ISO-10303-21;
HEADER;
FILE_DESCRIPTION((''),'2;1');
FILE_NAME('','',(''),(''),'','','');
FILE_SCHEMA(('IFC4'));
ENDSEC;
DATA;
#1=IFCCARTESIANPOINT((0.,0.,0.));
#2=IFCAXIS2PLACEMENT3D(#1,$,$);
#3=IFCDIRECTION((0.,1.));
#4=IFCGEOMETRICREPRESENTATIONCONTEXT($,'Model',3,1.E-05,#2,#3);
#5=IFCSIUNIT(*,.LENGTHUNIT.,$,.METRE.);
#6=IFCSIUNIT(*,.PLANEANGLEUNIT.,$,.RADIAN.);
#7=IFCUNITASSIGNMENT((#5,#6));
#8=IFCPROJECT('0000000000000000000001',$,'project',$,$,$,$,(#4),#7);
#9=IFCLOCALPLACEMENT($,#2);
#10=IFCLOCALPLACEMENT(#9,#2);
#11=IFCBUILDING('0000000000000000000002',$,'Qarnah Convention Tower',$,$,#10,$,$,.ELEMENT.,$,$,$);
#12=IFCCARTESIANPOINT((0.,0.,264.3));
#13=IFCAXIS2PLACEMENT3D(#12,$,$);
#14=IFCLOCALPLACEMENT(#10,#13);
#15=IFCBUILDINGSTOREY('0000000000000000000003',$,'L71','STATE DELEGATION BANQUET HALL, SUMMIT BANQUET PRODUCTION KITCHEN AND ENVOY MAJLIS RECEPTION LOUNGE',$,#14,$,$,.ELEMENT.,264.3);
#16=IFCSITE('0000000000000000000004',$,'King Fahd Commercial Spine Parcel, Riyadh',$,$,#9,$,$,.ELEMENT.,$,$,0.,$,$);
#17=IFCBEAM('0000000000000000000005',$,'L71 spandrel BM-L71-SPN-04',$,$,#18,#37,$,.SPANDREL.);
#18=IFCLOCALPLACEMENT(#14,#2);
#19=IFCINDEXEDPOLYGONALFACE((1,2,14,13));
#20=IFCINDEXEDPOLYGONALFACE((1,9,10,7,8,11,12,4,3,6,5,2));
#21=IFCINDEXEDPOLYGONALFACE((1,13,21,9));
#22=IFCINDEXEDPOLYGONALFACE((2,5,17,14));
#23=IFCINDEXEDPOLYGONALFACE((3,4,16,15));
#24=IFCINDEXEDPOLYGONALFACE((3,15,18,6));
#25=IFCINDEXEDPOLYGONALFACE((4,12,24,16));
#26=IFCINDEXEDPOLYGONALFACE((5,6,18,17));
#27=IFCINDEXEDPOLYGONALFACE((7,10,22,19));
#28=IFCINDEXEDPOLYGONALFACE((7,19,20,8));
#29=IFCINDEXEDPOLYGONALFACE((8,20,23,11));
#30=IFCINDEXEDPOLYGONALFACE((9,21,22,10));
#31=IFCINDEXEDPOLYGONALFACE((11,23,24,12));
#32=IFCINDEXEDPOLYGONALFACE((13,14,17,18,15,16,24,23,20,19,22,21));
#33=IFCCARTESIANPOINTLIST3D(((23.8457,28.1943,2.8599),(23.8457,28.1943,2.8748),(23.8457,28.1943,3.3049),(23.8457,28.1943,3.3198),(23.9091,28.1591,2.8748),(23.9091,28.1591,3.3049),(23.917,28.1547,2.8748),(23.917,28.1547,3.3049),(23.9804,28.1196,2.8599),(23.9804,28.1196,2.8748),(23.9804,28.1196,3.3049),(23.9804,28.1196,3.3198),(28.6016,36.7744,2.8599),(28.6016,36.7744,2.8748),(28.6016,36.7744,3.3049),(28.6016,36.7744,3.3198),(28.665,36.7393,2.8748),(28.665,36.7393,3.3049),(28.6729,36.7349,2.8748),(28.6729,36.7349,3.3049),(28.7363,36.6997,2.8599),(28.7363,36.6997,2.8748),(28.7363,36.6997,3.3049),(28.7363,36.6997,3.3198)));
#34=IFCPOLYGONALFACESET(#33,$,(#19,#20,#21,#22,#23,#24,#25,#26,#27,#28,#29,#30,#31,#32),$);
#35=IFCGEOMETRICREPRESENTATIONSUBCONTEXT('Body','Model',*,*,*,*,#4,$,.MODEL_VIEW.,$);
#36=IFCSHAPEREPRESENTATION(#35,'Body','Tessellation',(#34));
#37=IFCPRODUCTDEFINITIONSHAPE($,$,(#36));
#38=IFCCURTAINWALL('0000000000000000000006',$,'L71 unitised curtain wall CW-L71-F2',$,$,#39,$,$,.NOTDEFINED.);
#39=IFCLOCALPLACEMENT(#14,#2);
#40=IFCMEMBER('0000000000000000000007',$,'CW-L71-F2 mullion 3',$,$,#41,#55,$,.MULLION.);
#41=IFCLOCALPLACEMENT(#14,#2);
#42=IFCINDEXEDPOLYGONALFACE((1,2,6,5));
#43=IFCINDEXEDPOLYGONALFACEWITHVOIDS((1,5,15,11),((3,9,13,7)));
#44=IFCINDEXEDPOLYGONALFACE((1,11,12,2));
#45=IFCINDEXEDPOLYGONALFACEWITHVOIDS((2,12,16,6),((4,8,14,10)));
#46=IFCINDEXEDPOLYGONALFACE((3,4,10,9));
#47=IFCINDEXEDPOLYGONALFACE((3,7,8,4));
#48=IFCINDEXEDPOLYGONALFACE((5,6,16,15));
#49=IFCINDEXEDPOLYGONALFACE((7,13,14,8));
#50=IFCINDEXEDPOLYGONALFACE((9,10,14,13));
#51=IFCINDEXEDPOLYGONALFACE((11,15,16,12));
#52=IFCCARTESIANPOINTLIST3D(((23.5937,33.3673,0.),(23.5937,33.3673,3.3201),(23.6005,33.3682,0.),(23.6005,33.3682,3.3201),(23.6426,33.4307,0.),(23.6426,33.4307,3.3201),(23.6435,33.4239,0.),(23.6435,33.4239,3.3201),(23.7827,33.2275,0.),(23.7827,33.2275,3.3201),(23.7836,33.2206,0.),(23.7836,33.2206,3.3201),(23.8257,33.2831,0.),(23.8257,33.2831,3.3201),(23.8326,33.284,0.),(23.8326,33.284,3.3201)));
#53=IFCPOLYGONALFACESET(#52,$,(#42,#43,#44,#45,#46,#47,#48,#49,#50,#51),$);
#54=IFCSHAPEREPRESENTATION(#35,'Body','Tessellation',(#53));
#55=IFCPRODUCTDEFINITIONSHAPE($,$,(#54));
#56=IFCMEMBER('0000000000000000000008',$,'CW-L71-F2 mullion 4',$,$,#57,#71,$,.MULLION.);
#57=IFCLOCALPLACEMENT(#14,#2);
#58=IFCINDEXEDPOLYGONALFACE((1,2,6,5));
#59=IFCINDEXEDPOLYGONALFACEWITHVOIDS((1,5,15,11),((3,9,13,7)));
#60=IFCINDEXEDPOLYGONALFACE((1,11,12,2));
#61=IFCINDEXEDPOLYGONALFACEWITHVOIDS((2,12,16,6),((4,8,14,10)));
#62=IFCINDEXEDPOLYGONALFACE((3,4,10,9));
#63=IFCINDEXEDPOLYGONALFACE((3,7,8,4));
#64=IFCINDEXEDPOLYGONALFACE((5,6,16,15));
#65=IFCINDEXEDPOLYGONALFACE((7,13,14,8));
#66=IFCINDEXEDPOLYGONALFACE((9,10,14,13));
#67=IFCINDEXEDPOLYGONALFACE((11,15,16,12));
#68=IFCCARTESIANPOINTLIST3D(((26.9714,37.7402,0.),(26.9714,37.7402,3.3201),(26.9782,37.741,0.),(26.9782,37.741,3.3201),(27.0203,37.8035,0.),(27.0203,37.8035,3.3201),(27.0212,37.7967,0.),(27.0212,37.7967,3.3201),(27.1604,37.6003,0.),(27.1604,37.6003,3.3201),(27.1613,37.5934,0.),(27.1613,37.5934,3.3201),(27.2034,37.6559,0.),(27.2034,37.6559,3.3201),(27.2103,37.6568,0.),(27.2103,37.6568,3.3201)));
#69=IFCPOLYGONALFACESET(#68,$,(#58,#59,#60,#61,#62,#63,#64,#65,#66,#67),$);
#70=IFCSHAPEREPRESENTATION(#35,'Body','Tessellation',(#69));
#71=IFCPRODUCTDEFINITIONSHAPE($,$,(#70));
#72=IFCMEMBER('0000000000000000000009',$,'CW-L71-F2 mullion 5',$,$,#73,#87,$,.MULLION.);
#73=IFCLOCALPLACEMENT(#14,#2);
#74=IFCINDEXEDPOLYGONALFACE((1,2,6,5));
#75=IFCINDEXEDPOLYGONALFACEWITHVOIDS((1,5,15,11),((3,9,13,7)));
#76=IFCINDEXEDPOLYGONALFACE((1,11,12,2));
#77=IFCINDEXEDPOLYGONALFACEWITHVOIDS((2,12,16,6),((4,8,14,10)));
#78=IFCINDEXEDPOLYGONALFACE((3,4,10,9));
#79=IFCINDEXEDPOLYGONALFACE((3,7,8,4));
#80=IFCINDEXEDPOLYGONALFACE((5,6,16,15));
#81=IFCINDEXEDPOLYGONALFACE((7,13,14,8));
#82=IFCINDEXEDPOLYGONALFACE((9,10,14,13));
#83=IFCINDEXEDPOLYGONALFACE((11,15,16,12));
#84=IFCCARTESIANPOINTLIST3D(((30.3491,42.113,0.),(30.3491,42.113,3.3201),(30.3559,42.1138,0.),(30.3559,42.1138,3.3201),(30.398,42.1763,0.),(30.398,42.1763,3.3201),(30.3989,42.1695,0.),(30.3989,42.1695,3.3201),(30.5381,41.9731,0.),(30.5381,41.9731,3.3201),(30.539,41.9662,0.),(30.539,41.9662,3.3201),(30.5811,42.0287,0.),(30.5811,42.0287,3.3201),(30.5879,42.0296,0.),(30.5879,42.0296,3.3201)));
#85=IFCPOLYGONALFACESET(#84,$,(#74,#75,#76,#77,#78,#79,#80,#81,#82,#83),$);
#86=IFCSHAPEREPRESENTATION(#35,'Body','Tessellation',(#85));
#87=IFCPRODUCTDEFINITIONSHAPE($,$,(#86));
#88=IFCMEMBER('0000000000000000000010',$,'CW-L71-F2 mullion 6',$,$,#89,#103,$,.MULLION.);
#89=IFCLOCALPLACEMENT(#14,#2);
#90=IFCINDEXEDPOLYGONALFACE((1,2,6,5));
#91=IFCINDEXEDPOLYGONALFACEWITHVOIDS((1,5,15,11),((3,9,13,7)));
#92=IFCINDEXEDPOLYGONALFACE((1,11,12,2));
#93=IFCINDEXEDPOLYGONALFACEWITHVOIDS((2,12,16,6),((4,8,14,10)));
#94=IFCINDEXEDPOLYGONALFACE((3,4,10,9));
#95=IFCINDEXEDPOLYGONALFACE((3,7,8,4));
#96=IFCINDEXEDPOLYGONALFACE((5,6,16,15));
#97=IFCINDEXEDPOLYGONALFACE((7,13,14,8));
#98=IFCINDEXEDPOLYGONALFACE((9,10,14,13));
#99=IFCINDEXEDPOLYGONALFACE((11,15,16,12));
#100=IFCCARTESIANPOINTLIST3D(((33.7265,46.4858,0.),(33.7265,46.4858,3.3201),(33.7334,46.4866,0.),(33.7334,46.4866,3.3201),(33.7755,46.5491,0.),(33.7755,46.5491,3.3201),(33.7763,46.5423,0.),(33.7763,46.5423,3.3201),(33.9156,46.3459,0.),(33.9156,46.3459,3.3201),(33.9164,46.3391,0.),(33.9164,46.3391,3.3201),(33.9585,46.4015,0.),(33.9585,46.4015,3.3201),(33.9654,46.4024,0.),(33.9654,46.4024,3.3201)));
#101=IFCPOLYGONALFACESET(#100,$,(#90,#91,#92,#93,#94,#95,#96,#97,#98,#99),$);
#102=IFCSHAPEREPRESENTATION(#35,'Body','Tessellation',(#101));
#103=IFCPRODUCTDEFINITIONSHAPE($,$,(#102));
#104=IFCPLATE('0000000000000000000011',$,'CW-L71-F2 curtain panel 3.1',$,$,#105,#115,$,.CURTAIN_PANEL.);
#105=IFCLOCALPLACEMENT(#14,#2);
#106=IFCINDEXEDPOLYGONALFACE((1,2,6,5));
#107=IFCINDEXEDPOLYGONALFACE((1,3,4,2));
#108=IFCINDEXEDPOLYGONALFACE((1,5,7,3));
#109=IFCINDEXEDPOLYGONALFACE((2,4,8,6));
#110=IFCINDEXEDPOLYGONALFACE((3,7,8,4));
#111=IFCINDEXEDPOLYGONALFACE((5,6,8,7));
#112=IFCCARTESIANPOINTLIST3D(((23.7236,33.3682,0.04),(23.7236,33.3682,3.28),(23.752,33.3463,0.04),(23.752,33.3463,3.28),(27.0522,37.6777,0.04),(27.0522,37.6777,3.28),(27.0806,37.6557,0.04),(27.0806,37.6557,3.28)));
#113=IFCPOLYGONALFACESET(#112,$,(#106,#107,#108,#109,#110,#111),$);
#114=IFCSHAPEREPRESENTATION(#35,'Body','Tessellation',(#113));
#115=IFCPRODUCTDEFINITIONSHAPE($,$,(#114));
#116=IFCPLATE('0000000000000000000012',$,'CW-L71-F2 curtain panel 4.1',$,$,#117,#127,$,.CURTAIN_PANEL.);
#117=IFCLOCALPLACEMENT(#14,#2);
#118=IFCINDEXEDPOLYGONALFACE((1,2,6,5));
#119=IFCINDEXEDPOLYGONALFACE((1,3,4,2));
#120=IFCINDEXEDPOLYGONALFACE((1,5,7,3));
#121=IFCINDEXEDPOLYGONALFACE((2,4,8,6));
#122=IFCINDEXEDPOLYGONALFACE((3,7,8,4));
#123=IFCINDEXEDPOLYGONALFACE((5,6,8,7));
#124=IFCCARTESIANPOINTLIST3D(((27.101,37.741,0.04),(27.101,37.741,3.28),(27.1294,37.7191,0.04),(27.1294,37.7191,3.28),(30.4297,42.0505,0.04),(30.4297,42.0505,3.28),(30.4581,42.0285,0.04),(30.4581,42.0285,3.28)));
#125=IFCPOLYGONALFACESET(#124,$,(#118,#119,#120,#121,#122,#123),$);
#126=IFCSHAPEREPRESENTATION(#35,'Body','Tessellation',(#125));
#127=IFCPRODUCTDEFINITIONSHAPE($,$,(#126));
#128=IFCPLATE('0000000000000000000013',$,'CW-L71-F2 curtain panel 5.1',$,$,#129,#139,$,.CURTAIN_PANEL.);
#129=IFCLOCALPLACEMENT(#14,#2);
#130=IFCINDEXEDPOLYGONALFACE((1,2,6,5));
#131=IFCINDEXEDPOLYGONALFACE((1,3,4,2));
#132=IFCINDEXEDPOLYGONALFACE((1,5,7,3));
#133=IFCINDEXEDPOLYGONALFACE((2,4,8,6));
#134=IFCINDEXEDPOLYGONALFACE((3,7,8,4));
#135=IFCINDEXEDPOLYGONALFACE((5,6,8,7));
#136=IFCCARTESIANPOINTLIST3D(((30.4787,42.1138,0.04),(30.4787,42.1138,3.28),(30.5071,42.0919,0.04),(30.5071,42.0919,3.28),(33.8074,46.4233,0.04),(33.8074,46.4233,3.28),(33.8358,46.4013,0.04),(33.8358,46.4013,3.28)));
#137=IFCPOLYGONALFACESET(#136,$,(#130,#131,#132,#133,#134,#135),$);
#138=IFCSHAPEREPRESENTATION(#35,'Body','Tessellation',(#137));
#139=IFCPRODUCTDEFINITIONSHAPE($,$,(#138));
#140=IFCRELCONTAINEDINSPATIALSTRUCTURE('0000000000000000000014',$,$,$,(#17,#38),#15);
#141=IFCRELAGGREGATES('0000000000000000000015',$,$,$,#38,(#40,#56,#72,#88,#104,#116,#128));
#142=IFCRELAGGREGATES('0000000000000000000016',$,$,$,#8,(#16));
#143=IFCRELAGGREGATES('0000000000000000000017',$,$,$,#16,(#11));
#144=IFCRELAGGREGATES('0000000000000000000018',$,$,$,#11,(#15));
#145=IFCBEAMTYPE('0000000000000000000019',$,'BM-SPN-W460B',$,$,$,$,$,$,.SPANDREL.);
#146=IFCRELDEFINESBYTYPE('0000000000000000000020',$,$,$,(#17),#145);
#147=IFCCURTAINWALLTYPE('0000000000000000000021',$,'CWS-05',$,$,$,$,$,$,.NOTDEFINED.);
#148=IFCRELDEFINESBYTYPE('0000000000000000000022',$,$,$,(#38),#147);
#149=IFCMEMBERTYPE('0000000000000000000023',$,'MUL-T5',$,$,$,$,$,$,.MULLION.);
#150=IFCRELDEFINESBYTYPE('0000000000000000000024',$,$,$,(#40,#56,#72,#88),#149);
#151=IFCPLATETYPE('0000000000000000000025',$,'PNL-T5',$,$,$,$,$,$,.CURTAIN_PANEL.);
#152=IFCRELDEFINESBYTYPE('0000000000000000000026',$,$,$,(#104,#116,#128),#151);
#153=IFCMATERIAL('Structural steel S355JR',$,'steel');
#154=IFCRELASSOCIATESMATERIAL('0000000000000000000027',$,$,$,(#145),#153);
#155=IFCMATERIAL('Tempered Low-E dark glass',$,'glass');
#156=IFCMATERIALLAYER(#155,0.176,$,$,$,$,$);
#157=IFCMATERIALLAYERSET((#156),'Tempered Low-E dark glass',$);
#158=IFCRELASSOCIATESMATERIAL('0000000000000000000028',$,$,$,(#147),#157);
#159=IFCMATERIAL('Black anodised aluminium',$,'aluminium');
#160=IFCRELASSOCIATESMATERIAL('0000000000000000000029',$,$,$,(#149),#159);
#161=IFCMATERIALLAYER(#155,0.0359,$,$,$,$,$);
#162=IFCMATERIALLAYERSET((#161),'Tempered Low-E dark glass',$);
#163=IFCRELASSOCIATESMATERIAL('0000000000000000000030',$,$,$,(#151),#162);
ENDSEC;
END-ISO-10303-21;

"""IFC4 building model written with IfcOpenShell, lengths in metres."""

from ifc_helpers import new_model, si_unit, direction, frame, origin, origin_2d, place, context, subcontext, project, spatial, rectangle, hollow_rectangle, i_section, extrude, material, layer, layer_set, material_profile, profile_set, type_object, element, aggregate, save


model = new_model("IFC4")

# Units and contexts
model_context = context("Model", 3, precision=1e-05, world=origin(), true_north=direction((0.0, 1.0)))
body_context = subcontext(model_context, "Body", "Model", "MODEL_VIEW")
ifc_project = project(units=[si_unit("LENGTHUNIT", "METRE"), si_unit("PLANEANGLEUNIT", "RADIAN")], contexts=[model_context])

# Site, building, storey
site_placement = place(None, origin())
site = spatial("IfcSite", under=ifc_project, at=site_placement, Name="King Fahd Commercial Spine Parcel, Riyadh", CompositionType="ELEMENT", RefElevation=0.0)
building_placement = place(site_placement, origin())
building = spatial("IfcBuilding", under=site, at=building_placement, Name="Qarnah Convention Tower", CompositionType="ELEMENT")
storey_placement = place(building_placement, frame((0.0, 0.0, 264.3)))
storey = spatial("IfcBuildingStorey", under=building, at=storey_placement, Name="L71", Description="STATE DELEGATION BANQUET HALL, SUMMIT BANQUET PRODUCTION KITCHEN AND ENVOY MAJLIS RECEPTION LOUNGE", CompositionType="ELEMENT", Elevation=264.3)

# Beam
ifc_material_1 = material(Name="Structural steel S355JR", Category="steel")
ifc_material_profile_1 = material_profile(ifc_material_1, i_section(OverallWidth=0.1541, OverallDepth=0.46, WebThickness=0.009, FlangeThickness=0.0149, at=origin_2d()), Name="W460X68")
ifc_profile_set_1 = profile_set([ifc_material_profile_1], Name="Structural steel S355JR")
beam_type_1 = type_object("IfcBeamType", Name="BM-SPN-W460B", PredefinedType="SPANDREL", material=ifc_profile_set_1)
beam_1_placement = place(storey_placement, frame((28.6689, 36.7371, 3.0898), z_axis=(-0.484797, -0.874626, 0.0), x_axis=(0.874626, -0.484797, 0.0)))
element("IfcBeam", 1, at=beam_1_placement, inside=storey, type_object=beam_type_1, Name="L71 spandrel BM-L71-SPN-04", PredefinedType="SPANDREL", context=body_context, shape_type="SweptSolid", body=[
    extrude(i_section(OverallWidth=0.1541, OverallDepth=0.46, WebThickness=0.009, FlangeThickness=0.0149, at=origin_2d()), origin(), (0.0, 0.0, 1.0), 9.8101),
])

# Curtain wall, members, plates
ifc_material_2 = material(Name="Tempered Low-E dark glass", Category="glass")
ifc_layer_1 = layer(ifc_material_2, 0.176)
ifc_layer_set_1 = layer_set([ifc_layer_1], Name="Tempered Low-E dark glass")
curtain_wall_type = type_object("IfcCurtainWallType", Name="CWS-05", PredefinedType="NOTDEFINED", material=ifc_layer_set_1)
curtain_wall_placement = place(storey_placement, origin())
curtain_wall = element("IfcCurtainWall", 2, at=curtain_wall_placement, inside=storey, type_object=curtain_wall_type, Name="L71 unitised curtain wall CW-L71-F2", PredefinedType="NOTDEFINED")
ifc_material_3 = material(Name="Black anodised aluminium", Category="aluminium")
ifc_material_profile_2 = material_profile(ifc_material_3, hollow_rectangle(XDim=0.0801, YDim=0.24, WallThickness=0.0049, at=origin_2d()), Name="MUL-80X240")
ifc_profile_set_2 = profile_set([ifc_material_profile_2], Name="Black anodised aluminium")
member_type = type_object("IfcMemberType", Name="MUL-T5", PredefinedType="MULLION", material=ifc_profile_set_2)
member_1_placement = place(storey_placement, frame((23.7131, 33.3257, 0.0), z_axis=(0.0, 0.0, 1.0), x_axis=(0.611291, 0.791406, 0.0)))
member_1 = element("IfcMember", 3, at=member_1_placement, type_object=member_type, Name="CW-L71-F2 mullion 3", PredefinedType="MULLION", context=body_context, shape_type="SweptSolid", body=[
    extrude(hollow_rectangle(XDim=0.0801, YDim=0.24, WallThickness=0.0049, at=origin_2d()), origin(), (0.0, 0.0, 1.0), 3.3201),
])
member_2_placement = place(storey_placement, frame((27.0908, 37.6985, 0.0), z_axis=(0.0, 0.0, 1.0), x_axis=(0.611291, 0.791406, 0.0)))
member_2 = element("IfcMember", 4, at=member_2_placement, type_object=member_type, Name="CW-L71-F2 mullion 4", PredefinedType="MULLION", context=body_context, shape_type="SweptSolid", body=[
    extrude(hollow_rectangle(XDim=0.0801, YDim=0.24, WallThickness=0.0049, at=origin_2d()), origin(), (0.0, 0.0, 1.0), 3.3201),
])
member_3_placement = place(storey_placement, frame((30.4685, 42.0713, 0.0), z_axis=(0.0, 0.0, 1.0), x_axis=(0.611291, 0.791406, 0.0)))
member_3 = element("IfcMember", 5, at=member_3_placement, type_object=member_type, Name="CW-L71-F2 mullion 5", PredefinedType="MULLION", context=body_context, shape_type="SweptSolid", body=[
    extrude(hollow_rectangle(XDim=0.0801, YDim=0.24, WallThickness=0.0049, at=origin_2d()), origin(), (0.0, 0.0, 1.0), 3.3201),
])
member_4_placement = place(storey_placement, frame((33.8459, 46.4441, 0.0), z_axis=(0.0, 0.0, 1.0), x_axis=(0.611291, 0.791406, 0.0)))
member_4 = element("IfcMember", 6, at=member_4_placement, type_object=member_type, Name="CW-L71-F2 mullion 6", PredefinedType="MULLION", context=body_context, shape_type="SweptSolid", body=[
    extrude(hollow_rectangle(XDim=0.0801, YDim=0.24, WallThickness=0.0049, at=origin_2d()), origin(), (0.0, 0.0, 1.0), 3.3201),
])
ifc_layer_2 = layer(ifc_material_2, 0.0359)
ifc_layer_set_2 = layer_set([ifc_layer_2], Name="Tempered Low-E dark glass")
plate_type = type_object("IfcPlateType", Name="PNL-T5", PredefinedType="CURTAIN_PANEL", material=ifc_layer_set_2)
plate_1_placement = place(storey_placement, frame((25.4021, 35.512, 0.04), z_axis=(0.0, 0.0, 1.0), x_axis=(0.611291, 0.791406, 0.0)))
plate_1 = element("IfcPlate", 7, at=plate_1_placement, type_object=plate_type, Name="CW-L71-F2 curtain panel 3.1", PredefinedType="CURTAIN_PANEL", context=body_context, shape_type="SweptSolid", body=[
    extrude(rectangle(XDim=5.4453, YDim=0.0359, at=origin_2d()), origin(), (0.0, 0.0, 1.0), 3.24),
])
plate_2_placement = place(storey_placement, frame((28.7795, 39.8848, 0.04), z_axis=(0.0, 0.0, 1.0), x_axis=(0.611291, 0.791406, 0.0)))
plate_2 = element("IfcPlate", 8, at=plate_2_placement, type_object=plate_type, Name="CW-L71-F2 curtain panel 4.1", PredefinedType="CURTAIN_PANEL", context=body_context, shape_type="SweptSolid", body=[
    extrude(rectangle(XDim=5.4453, YDim=0.0359, at=origin_2d()), origin(), (0.0, 0.0, 1.0), 3.24),
])
plate_3_placement = place(storey_placement, frame((32.1572, 44.2576, 0.04), z_axis=(0.0, 0.0, 1.0), x_axis=(0.611291, 0.791406, 0.0)))
plate_3 = element("IfcPlate", 9, at=plate_3_placement, type_object=plate_type, Name="CW-L71-F2 curtain panel 5.1", PredefinedType="CURTAIN_PANEL", context=body_context, shape_type="SweptSolid", body=[
    extrude(rectangle(XDim=5.4453, YDim=0.0359, at=origin_2d()), origin(), (0.0, 0.0, 1.0), 3.24),
])
aggregate(curtain_wall, [member_1, member_2, member_3, member_4, plate_1, plate_2, plate_3])

save(model, "model.ifc")
